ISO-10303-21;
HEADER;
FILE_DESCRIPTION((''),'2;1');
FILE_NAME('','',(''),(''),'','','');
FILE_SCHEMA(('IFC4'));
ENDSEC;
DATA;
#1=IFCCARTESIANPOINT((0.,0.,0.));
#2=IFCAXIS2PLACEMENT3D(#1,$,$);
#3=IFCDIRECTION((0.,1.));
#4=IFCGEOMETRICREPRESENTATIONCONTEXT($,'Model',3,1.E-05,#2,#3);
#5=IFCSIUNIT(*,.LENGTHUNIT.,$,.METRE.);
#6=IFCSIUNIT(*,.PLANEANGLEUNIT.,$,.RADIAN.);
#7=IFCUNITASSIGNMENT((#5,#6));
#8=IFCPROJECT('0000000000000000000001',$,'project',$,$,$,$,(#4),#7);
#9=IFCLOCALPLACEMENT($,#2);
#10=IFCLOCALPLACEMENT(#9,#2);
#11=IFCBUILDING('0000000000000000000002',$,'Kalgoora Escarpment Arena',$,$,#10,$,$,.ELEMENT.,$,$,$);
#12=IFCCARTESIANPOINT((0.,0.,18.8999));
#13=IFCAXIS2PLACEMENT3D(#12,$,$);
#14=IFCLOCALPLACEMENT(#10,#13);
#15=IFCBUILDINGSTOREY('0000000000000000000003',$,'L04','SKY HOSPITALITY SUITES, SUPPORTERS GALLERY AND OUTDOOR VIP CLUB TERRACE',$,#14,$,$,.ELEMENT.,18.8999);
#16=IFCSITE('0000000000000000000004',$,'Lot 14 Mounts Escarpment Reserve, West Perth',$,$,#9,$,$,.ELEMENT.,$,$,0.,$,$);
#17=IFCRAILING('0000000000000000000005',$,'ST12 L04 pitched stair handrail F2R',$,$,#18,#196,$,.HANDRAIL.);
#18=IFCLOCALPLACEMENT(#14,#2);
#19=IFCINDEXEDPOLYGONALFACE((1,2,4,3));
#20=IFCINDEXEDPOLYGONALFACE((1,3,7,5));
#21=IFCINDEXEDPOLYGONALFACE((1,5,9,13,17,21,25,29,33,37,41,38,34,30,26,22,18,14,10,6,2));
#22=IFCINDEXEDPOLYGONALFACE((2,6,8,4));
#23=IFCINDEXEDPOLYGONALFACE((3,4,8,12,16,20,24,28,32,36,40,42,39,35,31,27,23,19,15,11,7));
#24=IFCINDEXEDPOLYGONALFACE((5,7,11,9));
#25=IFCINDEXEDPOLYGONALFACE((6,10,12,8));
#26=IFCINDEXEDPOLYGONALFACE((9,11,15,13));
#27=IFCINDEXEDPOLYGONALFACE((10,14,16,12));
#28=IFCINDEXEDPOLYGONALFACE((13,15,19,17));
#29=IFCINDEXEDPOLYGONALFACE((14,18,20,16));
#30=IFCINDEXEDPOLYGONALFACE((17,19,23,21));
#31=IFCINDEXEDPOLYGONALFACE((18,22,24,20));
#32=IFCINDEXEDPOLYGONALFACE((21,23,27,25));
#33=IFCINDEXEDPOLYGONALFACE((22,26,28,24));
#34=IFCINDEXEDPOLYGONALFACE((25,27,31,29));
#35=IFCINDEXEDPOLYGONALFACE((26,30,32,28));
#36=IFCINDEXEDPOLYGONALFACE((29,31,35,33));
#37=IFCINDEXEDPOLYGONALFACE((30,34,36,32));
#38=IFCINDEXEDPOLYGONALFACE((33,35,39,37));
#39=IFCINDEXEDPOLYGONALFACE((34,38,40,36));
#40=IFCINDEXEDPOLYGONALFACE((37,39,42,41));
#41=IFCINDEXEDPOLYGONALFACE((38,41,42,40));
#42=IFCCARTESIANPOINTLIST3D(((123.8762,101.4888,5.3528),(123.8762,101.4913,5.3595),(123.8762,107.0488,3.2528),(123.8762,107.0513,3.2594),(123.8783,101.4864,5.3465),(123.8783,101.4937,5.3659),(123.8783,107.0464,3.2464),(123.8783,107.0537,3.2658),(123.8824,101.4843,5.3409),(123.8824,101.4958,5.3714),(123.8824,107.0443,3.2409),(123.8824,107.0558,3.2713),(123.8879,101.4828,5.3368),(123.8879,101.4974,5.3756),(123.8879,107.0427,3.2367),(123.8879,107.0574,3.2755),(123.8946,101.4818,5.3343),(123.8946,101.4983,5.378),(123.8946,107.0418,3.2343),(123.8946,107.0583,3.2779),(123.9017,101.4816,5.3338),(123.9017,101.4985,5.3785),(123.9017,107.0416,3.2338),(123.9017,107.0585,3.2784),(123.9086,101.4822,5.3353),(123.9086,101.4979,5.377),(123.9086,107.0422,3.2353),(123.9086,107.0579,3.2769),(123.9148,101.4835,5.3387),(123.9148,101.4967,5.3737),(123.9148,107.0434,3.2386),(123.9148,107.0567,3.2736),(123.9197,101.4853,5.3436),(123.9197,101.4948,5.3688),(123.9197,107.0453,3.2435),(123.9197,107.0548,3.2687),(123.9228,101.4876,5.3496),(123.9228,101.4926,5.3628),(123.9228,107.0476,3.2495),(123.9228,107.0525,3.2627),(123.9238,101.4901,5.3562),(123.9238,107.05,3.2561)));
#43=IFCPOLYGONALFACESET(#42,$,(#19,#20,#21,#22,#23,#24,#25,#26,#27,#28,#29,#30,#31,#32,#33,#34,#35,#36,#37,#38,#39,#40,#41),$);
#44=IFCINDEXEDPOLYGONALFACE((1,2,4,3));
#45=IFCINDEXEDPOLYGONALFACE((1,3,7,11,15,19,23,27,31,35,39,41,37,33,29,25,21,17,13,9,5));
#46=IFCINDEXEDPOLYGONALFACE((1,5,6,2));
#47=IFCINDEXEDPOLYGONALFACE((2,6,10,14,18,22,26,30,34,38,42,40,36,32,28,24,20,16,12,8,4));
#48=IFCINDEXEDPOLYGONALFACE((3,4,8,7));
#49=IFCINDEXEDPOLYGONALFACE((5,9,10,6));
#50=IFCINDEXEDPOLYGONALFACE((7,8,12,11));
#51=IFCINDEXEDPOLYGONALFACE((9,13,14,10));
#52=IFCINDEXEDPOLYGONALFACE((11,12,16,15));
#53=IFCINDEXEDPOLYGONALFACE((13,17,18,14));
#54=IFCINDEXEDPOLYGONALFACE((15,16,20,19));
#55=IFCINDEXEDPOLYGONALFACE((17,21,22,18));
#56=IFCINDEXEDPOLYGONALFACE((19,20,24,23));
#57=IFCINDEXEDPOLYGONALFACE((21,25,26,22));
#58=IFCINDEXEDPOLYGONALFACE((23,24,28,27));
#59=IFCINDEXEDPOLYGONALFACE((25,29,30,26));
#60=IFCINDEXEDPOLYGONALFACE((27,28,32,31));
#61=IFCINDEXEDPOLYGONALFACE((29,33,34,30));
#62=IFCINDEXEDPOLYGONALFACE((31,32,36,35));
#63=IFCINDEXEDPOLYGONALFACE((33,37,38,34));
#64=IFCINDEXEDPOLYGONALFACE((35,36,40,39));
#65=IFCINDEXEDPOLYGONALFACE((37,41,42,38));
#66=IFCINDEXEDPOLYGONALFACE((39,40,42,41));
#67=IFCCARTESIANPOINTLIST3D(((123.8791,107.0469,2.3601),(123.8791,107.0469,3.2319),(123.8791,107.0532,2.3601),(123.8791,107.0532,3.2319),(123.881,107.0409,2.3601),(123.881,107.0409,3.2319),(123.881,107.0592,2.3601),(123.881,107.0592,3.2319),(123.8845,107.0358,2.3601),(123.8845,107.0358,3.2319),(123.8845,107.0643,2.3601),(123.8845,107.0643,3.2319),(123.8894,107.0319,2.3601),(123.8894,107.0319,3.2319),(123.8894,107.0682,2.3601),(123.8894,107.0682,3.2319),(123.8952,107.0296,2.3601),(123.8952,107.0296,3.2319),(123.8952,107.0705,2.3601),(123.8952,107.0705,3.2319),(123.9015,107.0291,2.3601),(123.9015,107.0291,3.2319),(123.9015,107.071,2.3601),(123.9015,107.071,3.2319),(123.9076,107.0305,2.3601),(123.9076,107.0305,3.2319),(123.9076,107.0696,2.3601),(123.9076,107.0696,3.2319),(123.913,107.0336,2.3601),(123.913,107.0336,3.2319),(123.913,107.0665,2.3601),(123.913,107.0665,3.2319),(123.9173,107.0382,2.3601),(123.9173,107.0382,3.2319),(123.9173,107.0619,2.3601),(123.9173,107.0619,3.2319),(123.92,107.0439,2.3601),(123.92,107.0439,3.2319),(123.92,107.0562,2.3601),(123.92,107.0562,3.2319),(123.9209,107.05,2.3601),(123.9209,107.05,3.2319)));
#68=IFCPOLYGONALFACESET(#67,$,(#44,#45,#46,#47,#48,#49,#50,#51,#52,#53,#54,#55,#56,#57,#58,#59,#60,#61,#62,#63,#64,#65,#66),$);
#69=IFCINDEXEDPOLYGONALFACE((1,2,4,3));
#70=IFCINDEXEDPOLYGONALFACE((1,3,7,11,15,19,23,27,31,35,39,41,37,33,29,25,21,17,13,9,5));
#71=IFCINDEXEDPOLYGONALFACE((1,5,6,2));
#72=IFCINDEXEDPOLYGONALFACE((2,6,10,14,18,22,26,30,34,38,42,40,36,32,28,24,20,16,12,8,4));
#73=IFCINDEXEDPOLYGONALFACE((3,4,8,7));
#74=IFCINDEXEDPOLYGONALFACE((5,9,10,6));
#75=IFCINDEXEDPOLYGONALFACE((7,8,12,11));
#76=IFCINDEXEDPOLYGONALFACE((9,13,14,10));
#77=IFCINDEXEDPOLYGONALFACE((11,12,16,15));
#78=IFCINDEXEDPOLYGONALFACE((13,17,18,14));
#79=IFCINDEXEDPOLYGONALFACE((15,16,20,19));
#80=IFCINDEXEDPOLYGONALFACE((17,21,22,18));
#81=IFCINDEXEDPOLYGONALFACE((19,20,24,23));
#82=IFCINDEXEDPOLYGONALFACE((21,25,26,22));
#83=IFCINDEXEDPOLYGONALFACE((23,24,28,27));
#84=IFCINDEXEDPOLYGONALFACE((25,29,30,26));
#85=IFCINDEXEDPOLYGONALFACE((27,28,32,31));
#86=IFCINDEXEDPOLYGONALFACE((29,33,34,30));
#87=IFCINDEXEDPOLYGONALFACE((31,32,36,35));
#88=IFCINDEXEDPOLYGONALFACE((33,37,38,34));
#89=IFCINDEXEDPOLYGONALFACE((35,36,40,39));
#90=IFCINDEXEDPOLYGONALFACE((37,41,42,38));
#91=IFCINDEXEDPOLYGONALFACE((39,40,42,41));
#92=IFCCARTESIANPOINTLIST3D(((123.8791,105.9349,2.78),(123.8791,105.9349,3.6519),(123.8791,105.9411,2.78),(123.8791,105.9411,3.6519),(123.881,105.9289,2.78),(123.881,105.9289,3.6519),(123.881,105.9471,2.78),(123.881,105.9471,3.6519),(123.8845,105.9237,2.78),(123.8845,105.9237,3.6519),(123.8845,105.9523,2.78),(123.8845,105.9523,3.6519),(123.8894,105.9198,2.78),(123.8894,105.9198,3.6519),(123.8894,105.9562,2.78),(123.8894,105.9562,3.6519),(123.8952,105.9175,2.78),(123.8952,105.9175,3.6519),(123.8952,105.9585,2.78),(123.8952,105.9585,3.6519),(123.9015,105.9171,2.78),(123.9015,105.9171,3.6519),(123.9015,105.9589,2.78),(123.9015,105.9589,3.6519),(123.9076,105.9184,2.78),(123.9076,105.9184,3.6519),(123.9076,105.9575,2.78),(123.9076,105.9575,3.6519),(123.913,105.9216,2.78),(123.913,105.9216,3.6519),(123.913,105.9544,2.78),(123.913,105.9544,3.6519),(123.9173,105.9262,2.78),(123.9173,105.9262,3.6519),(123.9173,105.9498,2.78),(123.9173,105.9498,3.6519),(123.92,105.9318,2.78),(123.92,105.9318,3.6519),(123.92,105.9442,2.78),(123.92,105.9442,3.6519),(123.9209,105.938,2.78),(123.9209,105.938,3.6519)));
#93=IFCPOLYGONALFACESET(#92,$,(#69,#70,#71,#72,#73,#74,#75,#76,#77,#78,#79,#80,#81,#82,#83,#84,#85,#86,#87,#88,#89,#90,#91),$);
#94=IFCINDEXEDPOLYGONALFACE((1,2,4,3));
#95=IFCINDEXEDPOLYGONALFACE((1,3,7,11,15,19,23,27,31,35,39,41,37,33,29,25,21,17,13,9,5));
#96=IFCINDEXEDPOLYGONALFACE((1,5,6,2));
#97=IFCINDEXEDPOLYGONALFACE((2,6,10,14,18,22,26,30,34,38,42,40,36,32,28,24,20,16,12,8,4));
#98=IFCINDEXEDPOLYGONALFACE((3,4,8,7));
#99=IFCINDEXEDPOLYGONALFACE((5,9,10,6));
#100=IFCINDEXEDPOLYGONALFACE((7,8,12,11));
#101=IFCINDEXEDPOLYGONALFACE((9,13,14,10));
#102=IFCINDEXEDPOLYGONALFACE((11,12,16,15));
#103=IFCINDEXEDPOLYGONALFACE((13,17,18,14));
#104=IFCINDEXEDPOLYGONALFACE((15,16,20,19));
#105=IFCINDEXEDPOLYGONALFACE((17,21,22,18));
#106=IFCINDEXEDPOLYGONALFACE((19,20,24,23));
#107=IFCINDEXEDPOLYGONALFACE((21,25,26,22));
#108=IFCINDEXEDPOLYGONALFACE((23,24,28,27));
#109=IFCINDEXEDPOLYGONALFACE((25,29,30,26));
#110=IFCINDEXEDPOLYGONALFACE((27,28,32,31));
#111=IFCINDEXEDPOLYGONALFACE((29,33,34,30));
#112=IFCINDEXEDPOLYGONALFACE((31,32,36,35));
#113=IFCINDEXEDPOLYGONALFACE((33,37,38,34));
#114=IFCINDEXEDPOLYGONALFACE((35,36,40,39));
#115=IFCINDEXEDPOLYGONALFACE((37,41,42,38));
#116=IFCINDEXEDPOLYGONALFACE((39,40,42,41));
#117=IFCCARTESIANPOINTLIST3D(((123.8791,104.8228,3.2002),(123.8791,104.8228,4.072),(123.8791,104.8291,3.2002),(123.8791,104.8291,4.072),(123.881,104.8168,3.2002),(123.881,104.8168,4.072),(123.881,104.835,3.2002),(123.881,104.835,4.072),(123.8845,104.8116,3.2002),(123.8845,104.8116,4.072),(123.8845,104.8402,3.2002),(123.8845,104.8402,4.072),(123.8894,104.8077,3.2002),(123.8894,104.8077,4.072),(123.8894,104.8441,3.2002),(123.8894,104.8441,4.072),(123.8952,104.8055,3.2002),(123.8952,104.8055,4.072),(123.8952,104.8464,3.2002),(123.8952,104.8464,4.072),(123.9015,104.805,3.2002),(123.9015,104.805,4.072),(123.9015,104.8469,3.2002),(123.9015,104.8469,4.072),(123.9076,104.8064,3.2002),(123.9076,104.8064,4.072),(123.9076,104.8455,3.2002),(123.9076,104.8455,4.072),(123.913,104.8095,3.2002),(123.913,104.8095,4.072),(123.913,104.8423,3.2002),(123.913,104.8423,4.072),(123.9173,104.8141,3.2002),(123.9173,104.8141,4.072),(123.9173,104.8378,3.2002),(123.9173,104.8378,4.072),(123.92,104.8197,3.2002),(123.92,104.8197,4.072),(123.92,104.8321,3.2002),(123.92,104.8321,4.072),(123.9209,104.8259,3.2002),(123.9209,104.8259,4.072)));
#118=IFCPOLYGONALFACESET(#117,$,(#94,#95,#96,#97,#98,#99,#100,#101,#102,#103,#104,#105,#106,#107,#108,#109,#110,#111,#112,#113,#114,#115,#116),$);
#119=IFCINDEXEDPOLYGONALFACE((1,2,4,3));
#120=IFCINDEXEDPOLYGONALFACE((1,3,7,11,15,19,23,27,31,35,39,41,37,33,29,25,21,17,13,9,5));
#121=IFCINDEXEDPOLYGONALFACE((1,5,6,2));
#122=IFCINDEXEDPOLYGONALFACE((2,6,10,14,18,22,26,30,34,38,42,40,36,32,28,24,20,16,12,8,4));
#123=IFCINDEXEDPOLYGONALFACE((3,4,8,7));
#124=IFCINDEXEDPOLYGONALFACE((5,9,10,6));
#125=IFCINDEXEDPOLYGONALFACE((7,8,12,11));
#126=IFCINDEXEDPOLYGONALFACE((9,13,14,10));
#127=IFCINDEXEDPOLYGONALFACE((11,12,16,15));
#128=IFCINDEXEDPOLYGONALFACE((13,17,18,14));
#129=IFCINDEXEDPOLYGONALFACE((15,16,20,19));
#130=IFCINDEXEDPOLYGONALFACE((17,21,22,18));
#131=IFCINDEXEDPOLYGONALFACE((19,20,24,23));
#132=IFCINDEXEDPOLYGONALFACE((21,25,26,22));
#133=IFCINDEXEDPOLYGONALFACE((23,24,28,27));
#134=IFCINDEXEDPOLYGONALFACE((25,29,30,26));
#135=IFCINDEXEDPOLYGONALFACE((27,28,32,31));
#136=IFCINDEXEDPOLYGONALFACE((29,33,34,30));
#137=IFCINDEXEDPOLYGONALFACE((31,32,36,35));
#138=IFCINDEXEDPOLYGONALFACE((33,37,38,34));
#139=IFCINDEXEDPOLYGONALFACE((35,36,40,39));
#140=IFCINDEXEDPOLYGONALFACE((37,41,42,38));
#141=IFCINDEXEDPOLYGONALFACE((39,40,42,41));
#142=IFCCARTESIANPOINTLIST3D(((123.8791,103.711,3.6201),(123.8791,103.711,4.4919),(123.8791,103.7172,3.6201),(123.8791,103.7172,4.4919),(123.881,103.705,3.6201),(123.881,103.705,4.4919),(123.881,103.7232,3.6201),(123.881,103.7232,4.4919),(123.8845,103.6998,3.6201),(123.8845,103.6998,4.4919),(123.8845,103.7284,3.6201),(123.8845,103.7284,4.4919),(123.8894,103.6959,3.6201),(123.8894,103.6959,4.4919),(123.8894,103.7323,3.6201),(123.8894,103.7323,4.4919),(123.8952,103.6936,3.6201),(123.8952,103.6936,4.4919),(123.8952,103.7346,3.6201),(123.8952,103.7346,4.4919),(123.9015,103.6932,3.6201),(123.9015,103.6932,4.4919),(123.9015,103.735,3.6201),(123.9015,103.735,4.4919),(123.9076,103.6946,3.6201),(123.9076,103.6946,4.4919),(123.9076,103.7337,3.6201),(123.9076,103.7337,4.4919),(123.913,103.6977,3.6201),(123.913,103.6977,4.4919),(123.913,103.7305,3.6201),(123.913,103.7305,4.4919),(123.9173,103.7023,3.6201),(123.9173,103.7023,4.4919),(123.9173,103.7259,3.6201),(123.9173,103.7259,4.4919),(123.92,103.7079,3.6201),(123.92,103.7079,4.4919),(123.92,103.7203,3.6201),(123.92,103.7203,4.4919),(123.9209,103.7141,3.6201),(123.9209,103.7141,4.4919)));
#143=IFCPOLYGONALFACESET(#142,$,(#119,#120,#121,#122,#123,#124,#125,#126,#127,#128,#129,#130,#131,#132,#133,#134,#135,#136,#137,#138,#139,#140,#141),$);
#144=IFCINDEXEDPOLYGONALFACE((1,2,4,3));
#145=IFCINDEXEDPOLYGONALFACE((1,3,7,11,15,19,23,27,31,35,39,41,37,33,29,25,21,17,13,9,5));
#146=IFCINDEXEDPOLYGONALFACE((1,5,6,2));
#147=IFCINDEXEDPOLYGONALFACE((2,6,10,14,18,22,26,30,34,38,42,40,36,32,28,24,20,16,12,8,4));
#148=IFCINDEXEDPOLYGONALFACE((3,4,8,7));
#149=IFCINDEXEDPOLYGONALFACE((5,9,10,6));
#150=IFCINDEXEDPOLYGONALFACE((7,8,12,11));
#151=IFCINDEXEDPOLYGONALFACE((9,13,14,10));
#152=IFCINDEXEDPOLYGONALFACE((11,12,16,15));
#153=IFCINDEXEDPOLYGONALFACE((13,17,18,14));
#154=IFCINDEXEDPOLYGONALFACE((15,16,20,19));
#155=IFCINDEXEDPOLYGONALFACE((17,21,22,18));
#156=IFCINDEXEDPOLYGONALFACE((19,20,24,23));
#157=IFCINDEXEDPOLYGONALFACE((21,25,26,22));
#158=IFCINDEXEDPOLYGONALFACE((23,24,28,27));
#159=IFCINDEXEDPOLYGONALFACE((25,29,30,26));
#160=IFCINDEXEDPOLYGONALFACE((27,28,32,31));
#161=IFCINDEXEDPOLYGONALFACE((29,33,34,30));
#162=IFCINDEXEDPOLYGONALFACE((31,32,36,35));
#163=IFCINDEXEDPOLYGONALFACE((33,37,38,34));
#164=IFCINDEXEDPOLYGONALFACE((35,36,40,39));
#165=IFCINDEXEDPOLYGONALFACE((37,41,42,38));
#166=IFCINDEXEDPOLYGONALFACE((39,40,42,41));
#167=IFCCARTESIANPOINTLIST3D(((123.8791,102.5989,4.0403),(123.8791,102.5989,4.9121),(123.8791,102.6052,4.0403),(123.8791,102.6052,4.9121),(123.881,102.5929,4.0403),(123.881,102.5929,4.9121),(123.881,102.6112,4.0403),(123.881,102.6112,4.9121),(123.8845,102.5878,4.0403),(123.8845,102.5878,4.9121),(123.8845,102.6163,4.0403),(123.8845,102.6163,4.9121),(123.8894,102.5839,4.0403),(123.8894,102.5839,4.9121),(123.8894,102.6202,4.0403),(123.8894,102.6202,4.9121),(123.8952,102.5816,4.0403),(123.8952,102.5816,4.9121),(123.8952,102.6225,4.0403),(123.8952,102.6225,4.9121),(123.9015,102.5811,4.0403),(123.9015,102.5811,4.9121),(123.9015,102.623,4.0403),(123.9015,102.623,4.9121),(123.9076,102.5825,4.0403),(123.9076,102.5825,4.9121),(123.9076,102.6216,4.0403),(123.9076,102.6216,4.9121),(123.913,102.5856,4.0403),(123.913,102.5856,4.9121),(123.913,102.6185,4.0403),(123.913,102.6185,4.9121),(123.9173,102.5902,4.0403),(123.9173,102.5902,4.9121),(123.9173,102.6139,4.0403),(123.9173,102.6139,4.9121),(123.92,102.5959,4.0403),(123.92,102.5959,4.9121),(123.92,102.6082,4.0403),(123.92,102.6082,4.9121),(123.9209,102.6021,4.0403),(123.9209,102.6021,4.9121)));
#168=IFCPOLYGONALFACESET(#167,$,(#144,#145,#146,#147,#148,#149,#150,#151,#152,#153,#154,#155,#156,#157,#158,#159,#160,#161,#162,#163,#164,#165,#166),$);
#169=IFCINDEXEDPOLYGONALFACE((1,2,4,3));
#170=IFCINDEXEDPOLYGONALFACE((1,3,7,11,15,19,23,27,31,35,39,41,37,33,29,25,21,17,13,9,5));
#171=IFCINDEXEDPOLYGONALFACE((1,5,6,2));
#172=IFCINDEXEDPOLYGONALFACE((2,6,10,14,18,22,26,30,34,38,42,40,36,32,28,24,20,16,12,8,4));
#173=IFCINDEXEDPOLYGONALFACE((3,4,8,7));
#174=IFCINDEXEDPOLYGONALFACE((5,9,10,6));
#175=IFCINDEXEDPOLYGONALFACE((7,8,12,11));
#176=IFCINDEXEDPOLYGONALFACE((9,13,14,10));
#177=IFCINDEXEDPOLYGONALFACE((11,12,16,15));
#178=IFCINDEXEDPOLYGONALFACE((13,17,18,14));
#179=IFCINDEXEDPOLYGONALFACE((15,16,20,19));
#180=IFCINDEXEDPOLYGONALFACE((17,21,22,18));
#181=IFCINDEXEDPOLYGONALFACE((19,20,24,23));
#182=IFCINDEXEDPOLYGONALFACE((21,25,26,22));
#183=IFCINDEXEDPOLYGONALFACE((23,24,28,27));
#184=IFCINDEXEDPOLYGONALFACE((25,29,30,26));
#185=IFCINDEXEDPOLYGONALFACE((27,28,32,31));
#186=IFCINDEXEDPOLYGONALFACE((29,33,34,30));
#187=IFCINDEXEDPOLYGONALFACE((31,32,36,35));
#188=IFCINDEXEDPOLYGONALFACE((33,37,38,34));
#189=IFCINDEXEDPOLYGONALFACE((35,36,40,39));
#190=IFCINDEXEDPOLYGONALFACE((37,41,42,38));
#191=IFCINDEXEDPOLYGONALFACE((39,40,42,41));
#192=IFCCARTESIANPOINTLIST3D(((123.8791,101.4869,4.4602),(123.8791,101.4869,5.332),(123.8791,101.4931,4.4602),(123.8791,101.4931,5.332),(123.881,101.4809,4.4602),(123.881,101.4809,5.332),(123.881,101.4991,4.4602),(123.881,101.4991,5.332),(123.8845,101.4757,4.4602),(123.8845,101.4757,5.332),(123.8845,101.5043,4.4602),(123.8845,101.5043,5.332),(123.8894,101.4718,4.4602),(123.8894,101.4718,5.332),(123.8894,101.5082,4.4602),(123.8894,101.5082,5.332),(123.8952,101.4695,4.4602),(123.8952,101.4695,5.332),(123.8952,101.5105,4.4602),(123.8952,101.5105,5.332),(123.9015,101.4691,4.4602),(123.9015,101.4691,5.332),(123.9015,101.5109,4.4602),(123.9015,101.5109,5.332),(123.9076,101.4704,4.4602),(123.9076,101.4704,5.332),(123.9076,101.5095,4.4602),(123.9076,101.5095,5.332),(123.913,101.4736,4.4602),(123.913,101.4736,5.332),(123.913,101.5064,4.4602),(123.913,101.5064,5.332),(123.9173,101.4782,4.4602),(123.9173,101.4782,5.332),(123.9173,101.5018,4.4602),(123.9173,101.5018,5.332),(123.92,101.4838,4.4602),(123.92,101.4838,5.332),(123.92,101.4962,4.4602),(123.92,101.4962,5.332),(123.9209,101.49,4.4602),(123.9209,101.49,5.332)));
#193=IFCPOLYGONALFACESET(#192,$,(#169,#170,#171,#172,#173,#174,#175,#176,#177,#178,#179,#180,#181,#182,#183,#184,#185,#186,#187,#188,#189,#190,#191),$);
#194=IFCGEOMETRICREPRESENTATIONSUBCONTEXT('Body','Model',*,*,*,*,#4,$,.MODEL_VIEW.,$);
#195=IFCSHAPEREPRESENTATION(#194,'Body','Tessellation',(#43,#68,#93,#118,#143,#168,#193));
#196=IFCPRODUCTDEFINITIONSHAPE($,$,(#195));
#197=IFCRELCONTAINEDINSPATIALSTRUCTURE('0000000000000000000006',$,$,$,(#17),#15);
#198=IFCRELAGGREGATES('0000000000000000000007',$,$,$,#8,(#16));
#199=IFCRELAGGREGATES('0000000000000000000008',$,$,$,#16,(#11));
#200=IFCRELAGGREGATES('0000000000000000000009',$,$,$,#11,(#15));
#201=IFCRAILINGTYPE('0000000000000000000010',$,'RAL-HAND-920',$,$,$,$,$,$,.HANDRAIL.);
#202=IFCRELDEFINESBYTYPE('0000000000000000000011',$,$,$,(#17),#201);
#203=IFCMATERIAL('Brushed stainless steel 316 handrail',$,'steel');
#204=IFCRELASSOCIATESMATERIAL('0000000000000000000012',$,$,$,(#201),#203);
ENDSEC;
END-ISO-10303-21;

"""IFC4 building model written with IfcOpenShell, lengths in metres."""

from ifc_helpers import new_model, si_unit, direction, frame, origin, origin_2d, place, context, subcontext, project, spatial, circle, extrude, material, type_object, element, save


model = new_model("IFC4")

# Units and contexts
model_context = context("Model", 3, precision=1e-05, world=origin(), true_north=direction((0.0, 1.0)))
body_context = subcontext(model_context, "Body", "Model", "MODEL_VIEW")
ifc_project = project(units=[si_unit("LENGTHUNIT", "METRE"), si_unit("PLANEANGLEUNIT", "RADIAN")], contexts=[model_context])

# Site, building, storey
site_placement = place(None, origin())
site = spatial("IfcSite", under=ifc_project, at=site_placement, Name="Lot 14 Mounts Escarpment Reserve, West Perth", CompositionType="ELEMENT", RefElevation=0.0)
building_placement = place(site_placement, origin())
building = spatial("IfcBuilding", under=site, at=building_placement, Name="Kalgoora Escarpment Arena", CompositionType="ELEMENT")
storey_placement = place(building_placement, frame((0.0, 0.0, 18.8999)))
storey = spatial("IfcBuildingStorey", under=building, at=storey_placement, Name="L04", Description="SKY HOSPITALITY SUITES, SUPPORTERS GALLERY AND OUTDOOR VIP CLUB TERRACE", CompositionType="ELEMENT", Elevation=18.8999)

# Railing
ifc_material_1 = material(Name="Brushed stainless steel 316 handrail", Category="steel")
railing_type_1 = type_object("IfcRailingType", Name="RAL-HAND-920", PredefinedType="HANDRAIL", material=ifc_material_1)
for number, where, name in (
    (1, (123.8999, 107.05, 2.3601), "ST12 L04 pitched stair handrail F2R"),
):
    element("IfcRailing", number, at=place(storey_placement, frame(where)), inside=storey, type_object=railing_type_1, Name=name, PredefinedType="HANDRAIL", context=body_context, shape_type="SweptSolid", body=[
        extrude(circle(Radius=0.0239, at=origin_2d()), frame((0.0, 0.0, 0.896), z_axis=(0.0, -0.935493, 0.353346), x_axis=(1.0, 0.0, 0.0)), (0.0, 0.0, 1.0), 5.9434),
        extrude(circle(Radius=0.021, at=origin_2d()), origin(), (0.0, 0.0, 1.0), 0.8718),
        extrude(circle(Radius=0.021, at=origin_2d()), frame((0.0, -1.1121, 0.4199)), (0.0, 0.0, 1.0), 0.8718),
        extrude(circle(Radius=0.021, at=origin_2d()), frame((0.0, -2.2241, 0.8401)), (0.0, 0.0, 1.0), 0.8718),
        extrude(circle(Radius=0.021, at=origin_2d()), frame((0.0, -3.3359, 1.26)), (0.0, 0.0, 1.0), 0.8718),
        extrude(circle(Radius=0.021, at=origin_2d()), frame((0.0, -4.448, 1.6802)), (0.0, 0.0, 1.0), 0.8718),
        extrude(circle(Radius=0.021, at=origin_2d()), frame((0.0, -5.5601, 2.1001)), (0.0, 0.0, 1.0), 0.8718),
    ])

save(model, "model.ifc")
